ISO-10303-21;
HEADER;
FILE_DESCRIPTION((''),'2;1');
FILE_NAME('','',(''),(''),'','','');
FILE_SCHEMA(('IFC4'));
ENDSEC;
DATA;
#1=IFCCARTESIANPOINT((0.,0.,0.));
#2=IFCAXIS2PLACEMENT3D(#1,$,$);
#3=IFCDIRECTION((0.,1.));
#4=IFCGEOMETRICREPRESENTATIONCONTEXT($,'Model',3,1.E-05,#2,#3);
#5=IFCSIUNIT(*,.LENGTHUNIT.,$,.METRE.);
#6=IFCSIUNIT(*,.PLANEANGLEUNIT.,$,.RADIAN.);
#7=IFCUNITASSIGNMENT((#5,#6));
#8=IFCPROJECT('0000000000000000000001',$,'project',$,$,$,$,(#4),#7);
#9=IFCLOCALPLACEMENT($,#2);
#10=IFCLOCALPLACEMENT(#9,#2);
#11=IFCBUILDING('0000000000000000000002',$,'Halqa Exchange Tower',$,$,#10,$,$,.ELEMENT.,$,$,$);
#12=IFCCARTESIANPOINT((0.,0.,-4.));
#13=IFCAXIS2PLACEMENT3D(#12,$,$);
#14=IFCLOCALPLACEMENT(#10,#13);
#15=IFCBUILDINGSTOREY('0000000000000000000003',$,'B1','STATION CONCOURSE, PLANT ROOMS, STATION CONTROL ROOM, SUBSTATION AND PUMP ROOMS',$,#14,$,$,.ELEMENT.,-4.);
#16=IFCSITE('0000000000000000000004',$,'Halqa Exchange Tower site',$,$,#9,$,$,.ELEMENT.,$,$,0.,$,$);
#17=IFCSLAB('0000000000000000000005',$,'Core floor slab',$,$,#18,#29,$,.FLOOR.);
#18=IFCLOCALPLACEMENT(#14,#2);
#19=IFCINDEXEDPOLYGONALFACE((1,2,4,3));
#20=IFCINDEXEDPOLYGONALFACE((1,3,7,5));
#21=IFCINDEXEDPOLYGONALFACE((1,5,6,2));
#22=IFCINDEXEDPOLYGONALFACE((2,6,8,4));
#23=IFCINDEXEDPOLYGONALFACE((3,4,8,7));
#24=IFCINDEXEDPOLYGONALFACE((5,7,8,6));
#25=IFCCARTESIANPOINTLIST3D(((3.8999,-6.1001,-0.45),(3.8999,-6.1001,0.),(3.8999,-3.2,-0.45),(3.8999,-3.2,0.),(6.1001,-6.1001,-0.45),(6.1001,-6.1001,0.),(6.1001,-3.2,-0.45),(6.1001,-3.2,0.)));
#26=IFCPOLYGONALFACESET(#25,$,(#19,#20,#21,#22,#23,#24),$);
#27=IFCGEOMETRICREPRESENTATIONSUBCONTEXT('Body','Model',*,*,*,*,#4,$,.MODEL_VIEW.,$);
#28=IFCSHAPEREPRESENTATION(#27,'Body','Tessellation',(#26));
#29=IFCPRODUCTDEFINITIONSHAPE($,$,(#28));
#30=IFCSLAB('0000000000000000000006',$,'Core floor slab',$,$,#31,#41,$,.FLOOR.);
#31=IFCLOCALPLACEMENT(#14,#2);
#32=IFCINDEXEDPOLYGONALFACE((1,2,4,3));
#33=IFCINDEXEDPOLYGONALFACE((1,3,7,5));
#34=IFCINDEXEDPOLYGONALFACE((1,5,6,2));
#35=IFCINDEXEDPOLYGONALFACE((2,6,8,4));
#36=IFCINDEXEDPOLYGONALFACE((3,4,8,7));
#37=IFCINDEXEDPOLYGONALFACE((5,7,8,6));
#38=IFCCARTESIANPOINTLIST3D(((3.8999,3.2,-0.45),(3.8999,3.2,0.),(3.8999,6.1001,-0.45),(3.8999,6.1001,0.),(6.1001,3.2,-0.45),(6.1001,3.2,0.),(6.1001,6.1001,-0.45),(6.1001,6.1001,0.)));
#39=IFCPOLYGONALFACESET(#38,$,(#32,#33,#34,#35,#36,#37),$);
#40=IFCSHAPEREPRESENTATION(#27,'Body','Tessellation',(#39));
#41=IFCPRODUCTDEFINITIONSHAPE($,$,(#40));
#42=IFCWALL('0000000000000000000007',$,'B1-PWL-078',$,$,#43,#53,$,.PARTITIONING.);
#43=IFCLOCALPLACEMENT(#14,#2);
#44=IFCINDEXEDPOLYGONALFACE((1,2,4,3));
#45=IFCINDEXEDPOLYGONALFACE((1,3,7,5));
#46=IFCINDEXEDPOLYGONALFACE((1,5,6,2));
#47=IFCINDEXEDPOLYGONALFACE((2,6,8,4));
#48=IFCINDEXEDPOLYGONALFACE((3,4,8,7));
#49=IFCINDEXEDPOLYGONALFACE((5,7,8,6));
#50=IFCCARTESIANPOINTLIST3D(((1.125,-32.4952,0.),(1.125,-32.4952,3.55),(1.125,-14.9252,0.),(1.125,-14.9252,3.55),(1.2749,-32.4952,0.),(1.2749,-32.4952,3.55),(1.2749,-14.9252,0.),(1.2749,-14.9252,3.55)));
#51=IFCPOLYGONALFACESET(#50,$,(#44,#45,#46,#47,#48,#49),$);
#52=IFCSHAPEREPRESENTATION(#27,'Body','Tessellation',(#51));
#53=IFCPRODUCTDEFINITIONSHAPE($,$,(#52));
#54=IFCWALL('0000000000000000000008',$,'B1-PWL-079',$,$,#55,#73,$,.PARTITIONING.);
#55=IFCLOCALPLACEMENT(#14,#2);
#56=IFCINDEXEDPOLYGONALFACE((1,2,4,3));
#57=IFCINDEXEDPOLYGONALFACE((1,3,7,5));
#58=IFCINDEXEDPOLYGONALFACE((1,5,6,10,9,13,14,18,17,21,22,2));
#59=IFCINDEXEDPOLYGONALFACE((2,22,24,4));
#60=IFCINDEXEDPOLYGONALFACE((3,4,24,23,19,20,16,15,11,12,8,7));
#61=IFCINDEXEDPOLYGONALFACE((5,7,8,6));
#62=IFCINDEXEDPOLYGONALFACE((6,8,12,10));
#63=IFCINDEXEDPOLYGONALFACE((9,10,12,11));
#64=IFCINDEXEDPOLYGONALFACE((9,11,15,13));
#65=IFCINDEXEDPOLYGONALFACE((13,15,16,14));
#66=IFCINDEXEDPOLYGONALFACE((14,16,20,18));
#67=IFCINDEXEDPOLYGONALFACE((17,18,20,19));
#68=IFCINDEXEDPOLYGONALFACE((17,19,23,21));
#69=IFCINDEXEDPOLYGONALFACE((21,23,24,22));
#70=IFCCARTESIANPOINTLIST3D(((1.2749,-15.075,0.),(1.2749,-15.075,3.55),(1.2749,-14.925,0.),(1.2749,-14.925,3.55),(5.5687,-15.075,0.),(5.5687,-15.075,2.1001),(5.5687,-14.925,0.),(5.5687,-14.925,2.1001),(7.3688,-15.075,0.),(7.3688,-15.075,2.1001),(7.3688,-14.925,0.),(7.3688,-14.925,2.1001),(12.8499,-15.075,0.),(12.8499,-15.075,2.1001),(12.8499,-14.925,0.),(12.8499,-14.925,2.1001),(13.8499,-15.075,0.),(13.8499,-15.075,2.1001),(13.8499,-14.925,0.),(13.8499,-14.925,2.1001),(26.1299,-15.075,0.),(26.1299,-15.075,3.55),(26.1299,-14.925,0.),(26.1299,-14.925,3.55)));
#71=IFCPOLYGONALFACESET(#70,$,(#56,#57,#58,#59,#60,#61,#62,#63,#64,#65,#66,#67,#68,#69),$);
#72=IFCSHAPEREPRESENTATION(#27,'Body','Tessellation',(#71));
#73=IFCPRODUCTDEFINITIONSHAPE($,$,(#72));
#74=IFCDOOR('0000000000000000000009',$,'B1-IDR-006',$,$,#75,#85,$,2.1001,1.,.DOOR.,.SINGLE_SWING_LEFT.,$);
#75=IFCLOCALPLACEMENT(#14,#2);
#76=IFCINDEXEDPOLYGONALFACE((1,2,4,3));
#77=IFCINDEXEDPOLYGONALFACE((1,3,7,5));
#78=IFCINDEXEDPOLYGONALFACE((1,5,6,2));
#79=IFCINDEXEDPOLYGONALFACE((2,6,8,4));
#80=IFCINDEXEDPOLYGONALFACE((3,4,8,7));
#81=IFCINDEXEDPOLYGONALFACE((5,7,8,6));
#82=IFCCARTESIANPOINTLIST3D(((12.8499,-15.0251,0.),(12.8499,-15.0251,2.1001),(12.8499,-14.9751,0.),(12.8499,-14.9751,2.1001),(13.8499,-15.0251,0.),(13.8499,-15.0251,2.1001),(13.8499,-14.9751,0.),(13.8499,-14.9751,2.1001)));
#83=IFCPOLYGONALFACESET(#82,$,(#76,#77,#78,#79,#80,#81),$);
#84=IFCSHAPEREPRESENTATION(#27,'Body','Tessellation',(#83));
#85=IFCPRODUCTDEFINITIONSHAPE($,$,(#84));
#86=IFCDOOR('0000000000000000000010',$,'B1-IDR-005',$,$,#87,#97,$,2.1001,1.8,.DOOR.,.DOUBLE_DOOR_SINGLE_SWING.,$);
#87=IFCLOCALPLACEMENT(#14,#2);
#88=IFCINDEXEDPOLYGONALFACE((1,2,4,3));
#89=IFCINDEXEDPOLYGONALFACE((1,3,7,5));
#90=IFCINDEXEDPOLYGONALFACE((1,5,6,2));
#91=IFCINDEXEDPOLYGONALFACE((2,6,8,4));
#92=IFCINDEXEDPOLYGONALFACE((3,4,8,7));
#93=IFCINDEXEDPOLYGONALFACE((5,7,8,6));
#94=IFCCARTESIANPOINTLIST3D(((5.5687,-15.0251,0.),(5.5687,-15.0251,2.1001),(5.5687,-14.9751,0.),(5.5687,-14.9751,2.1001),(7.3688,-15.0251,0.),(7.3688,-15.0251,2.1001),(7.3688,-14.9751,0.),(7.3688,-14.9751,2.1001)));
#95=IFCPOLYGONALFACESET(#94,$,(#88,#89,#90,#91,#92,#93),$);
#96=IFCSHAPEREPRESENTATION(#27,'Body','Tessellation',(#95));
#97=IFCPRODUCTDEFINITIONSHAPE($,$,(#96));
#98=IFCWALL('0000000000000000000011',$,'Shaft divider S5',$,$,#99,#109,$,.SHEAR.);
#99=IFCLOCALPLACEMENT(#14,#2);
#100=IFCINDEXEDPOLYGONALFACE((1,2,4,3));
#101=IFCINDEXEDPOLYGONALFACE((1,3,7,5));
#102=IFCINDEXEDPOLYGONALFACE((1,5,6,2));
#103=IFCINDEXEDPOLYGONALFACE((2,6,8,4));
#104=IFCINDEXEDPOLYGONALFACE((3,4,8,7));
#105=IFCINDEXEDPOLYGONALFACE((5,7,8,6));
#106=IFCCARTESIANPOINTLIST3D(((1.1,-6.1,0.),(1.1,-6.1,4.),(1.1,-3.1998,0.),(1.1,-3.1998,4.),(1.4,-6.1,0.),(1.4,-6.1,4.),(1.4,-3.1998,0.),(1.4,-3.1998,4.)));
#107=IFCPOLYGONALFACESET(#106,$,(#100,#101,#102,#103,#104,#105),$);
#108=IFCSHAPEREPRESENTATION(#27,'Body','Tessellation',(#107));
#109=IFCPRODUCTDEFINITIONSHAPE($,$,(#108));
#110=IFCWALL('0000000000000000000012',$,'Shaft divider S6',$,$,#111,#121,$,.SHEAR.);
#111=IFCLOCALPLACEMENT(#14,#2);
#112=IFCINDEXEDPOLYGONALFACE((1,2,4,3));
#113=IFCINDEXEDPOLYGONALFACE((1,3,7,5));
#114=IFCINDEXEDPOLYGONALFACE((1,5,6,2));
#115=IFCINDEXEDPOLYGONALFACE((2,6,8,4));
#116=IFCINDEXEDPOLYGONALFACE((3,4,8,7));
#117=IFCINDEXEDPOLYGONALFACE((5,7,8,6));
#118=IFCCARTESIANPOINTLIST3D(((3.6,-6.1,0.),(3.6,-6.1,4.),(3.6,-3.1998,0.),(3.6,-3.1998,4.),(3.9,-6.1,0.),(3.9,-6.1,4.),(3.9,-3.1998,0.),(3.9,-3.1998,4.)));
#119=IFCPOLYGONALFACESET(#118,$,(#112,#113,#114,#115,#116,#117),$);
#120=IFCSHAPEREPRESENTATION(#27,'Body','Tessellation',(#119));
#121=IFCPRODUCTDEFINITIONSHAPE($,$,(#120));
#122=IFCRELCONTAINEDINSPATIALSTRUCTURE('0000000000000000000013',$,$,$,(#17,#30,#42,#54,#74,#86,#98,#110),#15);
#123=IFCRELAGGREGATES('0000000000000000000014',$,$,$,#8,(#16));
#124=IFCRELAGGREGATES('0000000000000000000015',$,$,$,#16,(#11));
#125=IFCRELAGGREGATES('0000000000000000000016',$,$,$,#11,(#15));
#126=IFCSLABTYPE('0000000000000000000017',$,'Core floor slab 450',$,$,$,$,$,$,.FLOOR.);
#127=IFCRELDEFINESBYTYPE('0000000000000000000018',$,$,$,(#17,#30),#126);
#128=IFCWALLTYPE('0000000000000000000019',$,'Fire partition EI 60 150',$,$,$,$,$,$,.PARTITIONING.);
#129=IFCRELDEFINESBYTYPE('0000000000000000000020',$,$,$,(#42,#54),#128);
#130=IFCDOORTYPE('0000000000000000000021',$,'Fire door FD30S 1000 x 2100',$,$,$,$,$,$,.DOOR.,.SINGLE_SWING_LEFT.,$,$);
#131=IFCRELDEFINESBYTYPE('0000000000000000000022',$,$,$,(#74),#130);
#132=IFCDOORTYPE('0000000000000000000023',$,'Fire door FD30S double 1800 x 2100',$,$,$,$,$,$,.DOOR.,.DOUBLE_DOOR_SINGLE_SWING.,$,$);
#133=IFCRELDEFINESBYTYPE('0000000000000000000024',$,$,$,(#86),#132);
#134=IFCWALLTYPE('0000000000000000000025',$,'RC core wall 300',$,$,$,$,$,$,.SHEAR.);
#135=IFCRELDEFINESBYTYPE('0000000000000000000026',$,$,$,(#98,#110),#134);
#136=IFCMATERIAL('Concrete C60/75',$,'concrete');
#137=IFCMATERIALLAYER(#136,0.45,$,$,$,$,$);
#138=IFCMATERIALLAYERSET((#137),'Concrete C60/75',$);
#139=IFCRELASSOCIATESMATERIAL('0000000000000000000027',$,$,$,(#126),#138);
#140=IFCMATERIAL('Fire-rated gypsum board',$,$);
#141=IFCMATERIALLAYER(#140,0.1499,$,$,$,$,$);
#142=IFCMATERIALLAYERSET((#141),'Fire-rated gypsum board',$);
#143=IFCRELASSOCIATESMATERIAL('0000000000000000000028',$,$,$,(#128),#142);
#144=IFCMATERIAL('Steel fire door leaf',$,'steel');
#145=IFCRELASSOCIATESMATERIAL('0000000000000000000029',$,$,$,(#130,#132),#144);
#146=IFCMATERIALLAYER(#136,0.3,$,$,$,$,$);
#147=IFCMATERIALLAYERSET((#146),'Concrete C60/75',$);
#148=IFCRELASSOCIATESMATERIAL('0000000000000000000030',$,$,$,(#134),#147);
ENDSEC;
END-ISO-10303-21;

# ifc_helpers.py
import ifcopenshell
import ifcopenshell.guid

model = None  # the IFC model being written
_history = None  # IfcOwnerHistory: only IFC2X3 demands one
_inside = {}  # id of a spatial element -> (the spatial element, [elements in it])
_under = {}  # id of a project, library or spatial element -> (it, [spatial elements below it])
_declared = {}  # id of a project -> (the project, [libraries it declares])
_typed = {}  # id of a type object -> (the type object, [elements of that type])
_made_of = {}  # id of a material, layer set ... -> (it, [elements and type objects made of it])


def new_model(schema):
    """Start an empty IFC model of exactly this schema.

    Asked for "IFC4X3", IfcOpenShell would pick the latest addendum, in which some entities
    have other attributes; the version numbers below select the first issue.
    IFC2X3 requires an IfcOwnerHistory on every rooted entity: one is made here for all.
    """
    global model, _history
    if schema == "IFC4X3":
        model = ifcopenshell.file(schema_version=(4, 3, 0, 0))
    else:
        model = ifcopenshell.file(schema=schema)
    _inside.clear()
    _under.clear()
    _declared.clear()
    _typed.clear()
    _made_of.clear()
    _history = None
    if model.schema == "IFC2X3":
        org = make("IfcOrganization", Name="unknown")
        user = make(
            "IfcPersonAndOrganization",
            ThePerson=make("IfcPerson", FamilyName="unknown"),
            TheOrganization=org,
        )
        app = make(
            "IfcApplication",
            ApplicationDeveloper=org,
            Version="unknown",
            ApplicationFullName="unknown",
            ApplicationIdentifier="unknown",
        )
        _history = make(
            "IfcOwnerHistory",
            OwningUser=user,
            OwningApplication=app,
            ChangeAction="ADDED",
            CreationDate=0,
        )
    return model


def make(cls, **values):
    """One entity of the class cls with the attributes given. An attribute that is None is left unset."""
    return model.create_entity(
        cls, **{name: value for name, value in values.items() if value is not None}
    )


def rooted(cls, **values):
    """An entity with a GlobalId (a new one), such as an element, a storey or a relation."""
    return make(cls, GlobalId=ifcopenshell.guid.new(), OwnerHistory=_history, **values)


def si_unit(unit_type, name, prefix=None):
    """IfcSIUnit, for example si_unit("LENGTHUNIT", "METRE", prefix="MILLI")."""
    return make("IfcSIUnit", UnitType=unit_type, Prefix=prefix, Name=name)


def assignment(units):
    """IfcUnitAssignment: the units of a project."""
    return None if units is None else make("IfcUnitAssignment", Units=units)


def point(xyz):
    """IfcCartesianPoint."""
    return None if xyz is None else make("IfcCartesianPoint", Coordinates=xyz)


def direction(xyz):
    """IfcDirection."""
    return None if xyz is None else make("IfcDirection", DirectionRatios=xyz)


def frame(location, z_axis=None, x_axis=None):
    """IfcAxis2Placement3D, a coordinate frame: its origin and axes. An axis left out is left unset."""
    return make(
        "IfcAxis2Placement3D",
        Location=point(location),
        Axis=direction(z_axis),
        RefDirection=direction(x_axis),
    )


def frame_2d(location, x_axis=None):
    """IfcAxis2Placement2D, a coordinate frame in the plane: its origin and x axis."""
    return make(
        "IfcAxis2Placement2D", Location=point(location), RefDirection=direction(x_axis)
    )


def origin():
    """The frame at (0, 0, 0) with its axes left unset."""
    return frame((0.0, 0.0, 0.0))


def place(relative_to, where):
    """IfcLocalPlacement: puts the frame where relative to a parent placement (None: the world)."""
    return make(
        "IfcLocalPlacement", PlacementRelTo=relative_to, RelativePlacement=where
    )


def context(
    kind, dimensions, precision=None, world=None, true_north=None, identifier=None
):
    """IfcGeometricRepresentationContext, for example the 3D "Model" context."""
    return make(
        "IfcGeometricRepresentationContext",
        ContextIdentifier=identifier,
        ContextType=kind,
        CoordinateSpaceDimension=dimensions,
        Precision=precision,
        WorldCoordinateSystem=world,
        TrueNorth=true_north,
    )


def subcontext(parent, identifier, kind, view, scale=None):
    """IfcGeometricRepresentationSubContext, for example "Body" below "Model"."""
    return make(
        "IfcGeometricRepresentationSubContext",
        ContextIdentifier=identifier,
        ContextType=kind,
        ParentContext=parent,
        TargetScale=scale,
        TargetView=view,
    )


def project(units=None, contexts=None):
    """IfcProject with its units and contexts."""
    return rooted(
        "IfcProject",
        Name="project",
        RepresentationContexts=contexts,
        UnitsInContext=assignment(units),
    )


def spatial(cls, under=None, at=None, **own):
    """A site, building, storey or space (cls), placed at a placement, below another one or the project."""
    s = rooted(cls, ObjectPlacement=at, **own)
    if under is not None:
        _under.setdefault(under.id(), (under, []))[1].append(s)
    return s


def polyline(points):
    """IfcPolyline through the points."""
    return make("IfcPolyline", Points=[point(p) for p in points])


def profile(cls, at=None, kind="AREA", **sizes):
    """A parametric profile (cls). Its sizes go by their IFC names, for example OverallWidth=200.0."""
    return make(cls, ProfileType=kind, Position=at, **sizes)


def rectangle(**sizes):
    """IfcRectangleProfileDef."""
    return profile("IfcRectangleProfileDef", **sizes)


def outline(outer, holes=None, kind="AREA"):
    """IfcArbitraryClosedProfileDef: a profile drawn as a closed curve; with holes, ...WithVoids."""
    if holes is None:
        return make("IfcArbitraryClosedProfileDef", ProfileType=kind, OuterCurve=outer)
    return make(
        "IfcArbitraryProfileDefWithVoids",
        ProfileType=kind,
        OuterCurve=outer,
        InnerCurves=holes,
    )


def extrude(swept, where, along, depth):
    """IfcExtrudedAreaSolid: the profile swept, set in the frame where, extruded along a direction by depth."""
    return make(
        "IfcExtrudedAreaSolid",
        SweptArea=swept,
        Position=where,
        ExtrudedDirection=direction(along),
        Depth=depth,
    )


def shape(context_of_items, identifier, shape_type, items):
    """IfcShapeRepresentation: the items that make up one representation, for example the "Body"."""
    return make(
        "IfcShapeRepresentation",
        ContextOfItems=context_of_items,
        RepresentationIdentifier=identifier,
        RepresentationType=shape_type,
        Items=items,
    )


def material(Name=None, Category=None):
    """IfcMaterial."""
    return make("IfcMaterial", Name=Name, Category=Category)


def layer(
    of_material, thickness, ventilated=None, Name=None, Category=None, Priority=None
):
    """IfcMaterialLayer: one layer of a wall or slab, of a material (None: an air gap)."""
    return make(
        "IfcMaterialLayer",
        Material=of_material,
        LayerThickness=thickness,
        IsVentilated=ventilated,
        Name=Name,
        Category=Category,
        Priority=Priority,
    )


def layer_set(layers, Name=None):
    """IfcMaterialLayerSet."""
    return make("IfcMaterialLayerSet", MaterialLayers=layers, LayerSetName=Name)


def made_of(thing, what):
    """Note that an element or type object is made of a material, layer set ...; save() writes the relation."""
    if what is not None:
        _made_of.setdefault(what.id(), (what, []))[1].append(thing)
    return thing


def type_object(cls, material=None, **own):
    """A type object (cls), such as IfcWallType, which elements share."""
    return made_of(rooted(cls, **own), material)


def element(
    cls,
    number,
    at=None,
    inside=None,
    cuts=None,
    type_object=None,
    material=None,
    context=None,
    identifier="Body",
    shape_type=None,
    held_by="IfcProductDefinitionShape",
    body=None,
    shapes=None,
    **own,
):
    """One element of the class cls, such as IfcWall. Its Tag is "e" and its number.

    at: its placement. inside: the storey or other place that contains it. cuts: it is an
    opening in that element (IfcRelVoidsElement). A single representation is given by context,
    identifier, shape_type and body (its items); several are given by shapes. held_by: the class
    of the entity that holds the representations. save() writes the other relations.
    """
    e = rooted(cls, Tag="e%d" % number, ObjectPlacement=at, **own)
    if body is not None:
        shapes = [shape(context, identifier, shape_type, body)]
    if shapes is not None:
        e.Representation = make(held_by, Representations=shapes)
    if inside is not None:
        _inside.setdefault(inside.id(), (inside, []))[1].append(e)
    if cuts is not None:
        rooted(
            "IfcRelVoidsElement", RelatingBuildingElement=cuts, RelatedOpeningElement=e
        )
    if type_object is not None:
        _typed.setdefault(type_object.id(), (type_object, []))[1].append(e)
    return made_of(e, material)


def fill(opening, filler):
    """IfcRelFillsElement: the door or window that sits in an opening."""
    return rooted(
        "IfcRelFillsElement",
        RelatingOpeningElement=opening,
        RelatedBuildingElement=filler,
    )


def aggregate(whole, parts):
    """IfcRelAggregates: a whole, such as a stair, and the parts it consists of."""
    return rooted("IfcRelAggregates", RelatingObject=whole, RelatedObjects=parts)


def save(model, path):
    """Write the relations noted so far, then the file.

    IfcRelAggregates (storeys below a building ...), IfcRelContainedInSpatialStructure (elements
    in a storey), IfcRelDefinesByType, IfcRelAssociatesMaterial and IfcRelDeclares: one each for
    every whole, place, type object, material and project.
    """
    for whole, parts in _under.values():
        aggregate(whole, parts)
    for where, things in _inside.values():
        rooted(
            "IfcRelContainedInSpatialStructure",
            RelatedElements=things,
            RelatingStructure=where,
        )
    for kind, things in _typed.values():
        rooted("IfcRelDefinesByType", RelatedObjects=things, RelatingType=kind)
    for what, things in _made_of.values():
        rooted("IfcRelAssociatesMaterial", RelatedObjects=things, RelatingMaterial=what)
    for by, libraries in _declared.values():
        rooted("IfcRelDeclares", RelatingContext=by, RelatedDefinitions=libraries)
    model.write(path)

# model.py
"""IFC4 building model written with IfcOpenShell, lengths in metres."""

from ifc_helpers import new_model, si_unit, direction, frame, frame_2d, origin, place, context, subcontext, project, spatial, polyline, rectangle, outline, extrude, material, layer, layer_set, type_object, element, fill, save


model = new_model("IFC4")

# Units and contexts
model_context = context("Model", 3, precision=1e-05, world=origin(), true_north=direction((0.0, 1.0)))
body_context = subcontext(model_context, "Body", "Model", "MODEL_VIEW")
ifc_project = project(units=[si_unit("LENGTHUNIT", "METRE"), si_unit("PLANEANGLEUNIT", "RADIAN")], contexts=[model_context])

# Site, building, storey
site_placement = place(None, origin())
site = spatial("IfcSite", under=ifc_project, at=site_placement, Name="Halqa Exchange Tower site", CompositionType="ELEMENT", RefElevation=0.0)
building_placement = place(site_placement, origin())
building = spatial("IfcBuilding", under=site, at=building_placement, Name="Halqa Exchange Tower", CompositionType="ELEMENT")
storey_placement = place(building_placement, frame((0.0, 0.0, -4.0)))
storey = spatial("IfcBuildingStorey", under=building, at=storey_placement, Name="B1", Description="STATION CONCOURSE, PLANT ROOMS, STATION CONTROL ROOM, SUBSTATION AND PUMP ROOMS", CompositionType="ELEMENT", Elevation=-4.0)

# Slabs
ifc_material_1 = material(Name="Concrete C60/75", Category="concrete")
ifc_layer_1 = layer(ifc_material_1, 0.45)
ifc_layer_set_1 = layer_set([ifc_layer_1], Name="Concrete C60/75")
slab_type = type_object("IfcSlabType", Name="Core floor slab 450", PredefinedType="FLOOR", material=ifc_layer_set_1)
slab_1_placement = place(storey_placement, frame((0.0, 0.0, -0.45)))
element("IfcSlab", 1, at=slab_1_placement, inside=storey, type_object=slab_type, Name="Core floor slab", PredefinedType="FLOOR", context=body_context, shape_type="SweptSolid", body=[
    extrude(outline(polyline([(6.1001, -3.2), (6.1001, -6.1001), (3.8999, -6.1001), (3.8999, -3.2), (6.1001, -3.2)])), origin(), (0.0, 0.0, 1.0), 0.45),
])
slab_2_placement = place(storey_placement, frame((0.0, 0.0, -0.45)))
element("IfcSlab", 2, at=slab_2_placement, inside=storey, type_object=slab_type, Name="Core floor slab", PredefinedType="FLOOR", context=body_context, shape_type="SweptSolid", body=[
    extrude(outline(polyline([(6.1001, 6.1001), (6.1001, 3.2), (3.8999, 3.2), (3.8999, 6.1001), (6.1001, 6.1001)])), origin(), (0.0, 0.0, 1.0), 0.45),
])

# Wall
ifc_material_2 = material(Name="Fire-rated gypsum board")
ifc_layer_2 = layer(ifc_material_2, 0.1499)
ifc_layer_set_2 = layer_set([ifc_layer_2], Name="Fire-rated gypsum board")
wall_type_1 = type_object("IfcWallType", Name="Fire partition EI 60 150", PredefinedType="PARTITIONING", material=ifc_layer_set_2)
wall_1_placement = place(storey_placement, frame((1.2, -14.925, 0.0), z_axis=(0.0, 0.0, 1.0), x_axis=(0.0, -1.0, 0.0)))
element("IfcWall", 3, at=wall_1_placement, inside=storey, type_object=wall_type_1, Name="B1-PWL-078", PredefinedType="PARTITIONING", context=body_context, shape_type="SweptSolid", body=[
    extrude(rectangle(XDim=17.5701, YDim=0.1499, at=frame_2d((8.7852, 0.0))), origin(), (0.0, 0.0, 1.0), 3.55),
])

# Wall, openings, doors
wall_2_placement = place(storey_placement, frame((1.2749, -15.0, 0.0), z_axis=(0.0, 0.0, 1.0), x_axis=(1.0, 0.0, 0.0)))
wall_2 = element("IfcWall", 4, at=wall_2_placement, inside=storey, type_object=wall_type_1, Name="B1-PWL-079", PredefinedType="PARTITIONING", context=body_context, shape_type="SweptSolid", body=[
    extrude(rectangle(XDim=24.855, YDim=0.1499, at=frame_2d((12.4275, 0.0))), origin(), (0.0, 0.0, 1.0), 3.55),
])
opening_1_placement = place(wall_2_placement, frame((4.2939, 0.0, 0.0)))
opening_1 = element("IfcOpeningElement", 5, at=opening_1_placement, cuts=wall_2, PredefinedType="OPENING", context=body_context, shape_type="SweptSolid", body=[
    extrude(rectangle(XDim=1.8, YDim=2.1001, at=frame_2d((0.8999, 1.05))), frame((0.0, 0.0869, 0.0), z_axis=(0.0, -1.0, 0.0), x_axis=(1.0, 0.0, 0.0)), (0.0, 0.0, 1.0), 0.1738),
])
opening_2_placement = place(wall_2_placement, frame((11.575, 0.0, 0.0)))
opening_2 = element("IfcOpeningElement", 6, at=opening_2_placement, cuts=wall_2, PredefinedType="OPENING", context=body_context, shape_type="SweptSolid", body=[
    extrude(rectangle(XDim=1.0, YDim=2.1001, at=frame_2d((0.5, 1.05))), frame((0.0, 0.0869, 0.0), z_axis=(0.0, -1.0, 0.0), x_axis=(1.0, 0.0, 0.0)), (0.0, 0.0, 1.0), 0.1738),
])
ifc_material_3 = material(Name="Steel fire door leaf", Category="steel")
door_type_1 = type_object("IfcDoorType", Name="Fire door FD30S 1000 x 2100", OperationType="SINGLE_SWING_LEFT", PredefinedType="DOOR", material=ifc_material_3)
door_1_placement = place(opening_2_placement, origin())
door_1 = element("IfcDoor", 7, at=door_1_placement, inside=storey, type_object=door_type_1, Name="B1-IDR-006", OperationType="SINGLE_SWING_LEFT", OverallHeight=2.1001, OverallWidth=1.0, PredefinedType="DOOR", context=body_context, shape_type="SweptSolid", body=[
    extrude(rectangle(XDim=1.0, YDim=2.1001, at=frame_2d((0.5, 1.05))), frame((0.0, 0.0249, 0.0), z_axis=(0.0, -1.0, 0.0), x_axis=(1.0, 0.0, 0.0)), (0.0, 0.0, 1.0), 0.05),
])
fill(opening_2, door_1)
door_type_2 = type_object("IfcDoorType", Name="Fire door FD30S double 1800 x 2100", OperationType="DOUBLE_DOOR_SINGLE_SWING", PredefinedType="DOOR", material=ifc_material_3)
door_2_placement = place(opening_1_placement, origin())
door_2 = element("IfcDoor", 8, at=door_2_placement, inside=storey, type_object=door_type_2, Name="B1-IDR-005", OperationType="DOUBLE_DOOR_SINGLE_SWING", OverallHeight=2.1001, OverallWidth=1.8, PredefinedType="DOOR", context=body_context, shape_type="SweptSolid", body=[
    extrude(rectangle(XDim=1.8, YDim=2.1001, at=frame_2d((0.8999, 1.05))), frame((0.0, 0.0249, 0.0), z_axis=(0.0, -1.0, 0.0), x_axis=(1.0, 0.0, 0.0)), (0.0, 0.0, 1.0), 0.05),
])
fill(opening_1, door_2)

# Walls
ifc_layer_3 = layer(ifc_material_1, 0.3)
ifc_layer_set_3 = layer_set([ifc_layer_3], Name="Concrete C60/75")
wall_type_2 = type_object("IfcWallType", Name="RC core wall 300", PredefinedType="SHEAR", material=ifc_layer_set_3)
for number, where, z_axis, x_axis, name in (
    (9, (1.25, -6.1001, 0.0), (0.0, 0.0, 1.0), (0.0, 1.0, 0.0), "Shaft divider S5"),
    (10, (3.75, -6.1001, 0.0), (0.0, 0.0, 1.0), (0.0, 1.0, 0.0), "Shaft divider S6"),
):
    element("IfcWall", number, at=place(storey_placement, frame(where, z_axis=z_axis, x_axis=x_axis)), inside=storey, type_object=wall_type_2, Name=name, PredefinedType="SHEAR", context=body_context, shape_type="SweptSolid", body=[
        extrude(rectangle(XDim=2.9001, YDim=0.3, at=frame_2d((1.4502, 0.0))), origin(), (0.0, 0.0, 1.0), 4.0),
    ])

save(model, "model.ifc")
